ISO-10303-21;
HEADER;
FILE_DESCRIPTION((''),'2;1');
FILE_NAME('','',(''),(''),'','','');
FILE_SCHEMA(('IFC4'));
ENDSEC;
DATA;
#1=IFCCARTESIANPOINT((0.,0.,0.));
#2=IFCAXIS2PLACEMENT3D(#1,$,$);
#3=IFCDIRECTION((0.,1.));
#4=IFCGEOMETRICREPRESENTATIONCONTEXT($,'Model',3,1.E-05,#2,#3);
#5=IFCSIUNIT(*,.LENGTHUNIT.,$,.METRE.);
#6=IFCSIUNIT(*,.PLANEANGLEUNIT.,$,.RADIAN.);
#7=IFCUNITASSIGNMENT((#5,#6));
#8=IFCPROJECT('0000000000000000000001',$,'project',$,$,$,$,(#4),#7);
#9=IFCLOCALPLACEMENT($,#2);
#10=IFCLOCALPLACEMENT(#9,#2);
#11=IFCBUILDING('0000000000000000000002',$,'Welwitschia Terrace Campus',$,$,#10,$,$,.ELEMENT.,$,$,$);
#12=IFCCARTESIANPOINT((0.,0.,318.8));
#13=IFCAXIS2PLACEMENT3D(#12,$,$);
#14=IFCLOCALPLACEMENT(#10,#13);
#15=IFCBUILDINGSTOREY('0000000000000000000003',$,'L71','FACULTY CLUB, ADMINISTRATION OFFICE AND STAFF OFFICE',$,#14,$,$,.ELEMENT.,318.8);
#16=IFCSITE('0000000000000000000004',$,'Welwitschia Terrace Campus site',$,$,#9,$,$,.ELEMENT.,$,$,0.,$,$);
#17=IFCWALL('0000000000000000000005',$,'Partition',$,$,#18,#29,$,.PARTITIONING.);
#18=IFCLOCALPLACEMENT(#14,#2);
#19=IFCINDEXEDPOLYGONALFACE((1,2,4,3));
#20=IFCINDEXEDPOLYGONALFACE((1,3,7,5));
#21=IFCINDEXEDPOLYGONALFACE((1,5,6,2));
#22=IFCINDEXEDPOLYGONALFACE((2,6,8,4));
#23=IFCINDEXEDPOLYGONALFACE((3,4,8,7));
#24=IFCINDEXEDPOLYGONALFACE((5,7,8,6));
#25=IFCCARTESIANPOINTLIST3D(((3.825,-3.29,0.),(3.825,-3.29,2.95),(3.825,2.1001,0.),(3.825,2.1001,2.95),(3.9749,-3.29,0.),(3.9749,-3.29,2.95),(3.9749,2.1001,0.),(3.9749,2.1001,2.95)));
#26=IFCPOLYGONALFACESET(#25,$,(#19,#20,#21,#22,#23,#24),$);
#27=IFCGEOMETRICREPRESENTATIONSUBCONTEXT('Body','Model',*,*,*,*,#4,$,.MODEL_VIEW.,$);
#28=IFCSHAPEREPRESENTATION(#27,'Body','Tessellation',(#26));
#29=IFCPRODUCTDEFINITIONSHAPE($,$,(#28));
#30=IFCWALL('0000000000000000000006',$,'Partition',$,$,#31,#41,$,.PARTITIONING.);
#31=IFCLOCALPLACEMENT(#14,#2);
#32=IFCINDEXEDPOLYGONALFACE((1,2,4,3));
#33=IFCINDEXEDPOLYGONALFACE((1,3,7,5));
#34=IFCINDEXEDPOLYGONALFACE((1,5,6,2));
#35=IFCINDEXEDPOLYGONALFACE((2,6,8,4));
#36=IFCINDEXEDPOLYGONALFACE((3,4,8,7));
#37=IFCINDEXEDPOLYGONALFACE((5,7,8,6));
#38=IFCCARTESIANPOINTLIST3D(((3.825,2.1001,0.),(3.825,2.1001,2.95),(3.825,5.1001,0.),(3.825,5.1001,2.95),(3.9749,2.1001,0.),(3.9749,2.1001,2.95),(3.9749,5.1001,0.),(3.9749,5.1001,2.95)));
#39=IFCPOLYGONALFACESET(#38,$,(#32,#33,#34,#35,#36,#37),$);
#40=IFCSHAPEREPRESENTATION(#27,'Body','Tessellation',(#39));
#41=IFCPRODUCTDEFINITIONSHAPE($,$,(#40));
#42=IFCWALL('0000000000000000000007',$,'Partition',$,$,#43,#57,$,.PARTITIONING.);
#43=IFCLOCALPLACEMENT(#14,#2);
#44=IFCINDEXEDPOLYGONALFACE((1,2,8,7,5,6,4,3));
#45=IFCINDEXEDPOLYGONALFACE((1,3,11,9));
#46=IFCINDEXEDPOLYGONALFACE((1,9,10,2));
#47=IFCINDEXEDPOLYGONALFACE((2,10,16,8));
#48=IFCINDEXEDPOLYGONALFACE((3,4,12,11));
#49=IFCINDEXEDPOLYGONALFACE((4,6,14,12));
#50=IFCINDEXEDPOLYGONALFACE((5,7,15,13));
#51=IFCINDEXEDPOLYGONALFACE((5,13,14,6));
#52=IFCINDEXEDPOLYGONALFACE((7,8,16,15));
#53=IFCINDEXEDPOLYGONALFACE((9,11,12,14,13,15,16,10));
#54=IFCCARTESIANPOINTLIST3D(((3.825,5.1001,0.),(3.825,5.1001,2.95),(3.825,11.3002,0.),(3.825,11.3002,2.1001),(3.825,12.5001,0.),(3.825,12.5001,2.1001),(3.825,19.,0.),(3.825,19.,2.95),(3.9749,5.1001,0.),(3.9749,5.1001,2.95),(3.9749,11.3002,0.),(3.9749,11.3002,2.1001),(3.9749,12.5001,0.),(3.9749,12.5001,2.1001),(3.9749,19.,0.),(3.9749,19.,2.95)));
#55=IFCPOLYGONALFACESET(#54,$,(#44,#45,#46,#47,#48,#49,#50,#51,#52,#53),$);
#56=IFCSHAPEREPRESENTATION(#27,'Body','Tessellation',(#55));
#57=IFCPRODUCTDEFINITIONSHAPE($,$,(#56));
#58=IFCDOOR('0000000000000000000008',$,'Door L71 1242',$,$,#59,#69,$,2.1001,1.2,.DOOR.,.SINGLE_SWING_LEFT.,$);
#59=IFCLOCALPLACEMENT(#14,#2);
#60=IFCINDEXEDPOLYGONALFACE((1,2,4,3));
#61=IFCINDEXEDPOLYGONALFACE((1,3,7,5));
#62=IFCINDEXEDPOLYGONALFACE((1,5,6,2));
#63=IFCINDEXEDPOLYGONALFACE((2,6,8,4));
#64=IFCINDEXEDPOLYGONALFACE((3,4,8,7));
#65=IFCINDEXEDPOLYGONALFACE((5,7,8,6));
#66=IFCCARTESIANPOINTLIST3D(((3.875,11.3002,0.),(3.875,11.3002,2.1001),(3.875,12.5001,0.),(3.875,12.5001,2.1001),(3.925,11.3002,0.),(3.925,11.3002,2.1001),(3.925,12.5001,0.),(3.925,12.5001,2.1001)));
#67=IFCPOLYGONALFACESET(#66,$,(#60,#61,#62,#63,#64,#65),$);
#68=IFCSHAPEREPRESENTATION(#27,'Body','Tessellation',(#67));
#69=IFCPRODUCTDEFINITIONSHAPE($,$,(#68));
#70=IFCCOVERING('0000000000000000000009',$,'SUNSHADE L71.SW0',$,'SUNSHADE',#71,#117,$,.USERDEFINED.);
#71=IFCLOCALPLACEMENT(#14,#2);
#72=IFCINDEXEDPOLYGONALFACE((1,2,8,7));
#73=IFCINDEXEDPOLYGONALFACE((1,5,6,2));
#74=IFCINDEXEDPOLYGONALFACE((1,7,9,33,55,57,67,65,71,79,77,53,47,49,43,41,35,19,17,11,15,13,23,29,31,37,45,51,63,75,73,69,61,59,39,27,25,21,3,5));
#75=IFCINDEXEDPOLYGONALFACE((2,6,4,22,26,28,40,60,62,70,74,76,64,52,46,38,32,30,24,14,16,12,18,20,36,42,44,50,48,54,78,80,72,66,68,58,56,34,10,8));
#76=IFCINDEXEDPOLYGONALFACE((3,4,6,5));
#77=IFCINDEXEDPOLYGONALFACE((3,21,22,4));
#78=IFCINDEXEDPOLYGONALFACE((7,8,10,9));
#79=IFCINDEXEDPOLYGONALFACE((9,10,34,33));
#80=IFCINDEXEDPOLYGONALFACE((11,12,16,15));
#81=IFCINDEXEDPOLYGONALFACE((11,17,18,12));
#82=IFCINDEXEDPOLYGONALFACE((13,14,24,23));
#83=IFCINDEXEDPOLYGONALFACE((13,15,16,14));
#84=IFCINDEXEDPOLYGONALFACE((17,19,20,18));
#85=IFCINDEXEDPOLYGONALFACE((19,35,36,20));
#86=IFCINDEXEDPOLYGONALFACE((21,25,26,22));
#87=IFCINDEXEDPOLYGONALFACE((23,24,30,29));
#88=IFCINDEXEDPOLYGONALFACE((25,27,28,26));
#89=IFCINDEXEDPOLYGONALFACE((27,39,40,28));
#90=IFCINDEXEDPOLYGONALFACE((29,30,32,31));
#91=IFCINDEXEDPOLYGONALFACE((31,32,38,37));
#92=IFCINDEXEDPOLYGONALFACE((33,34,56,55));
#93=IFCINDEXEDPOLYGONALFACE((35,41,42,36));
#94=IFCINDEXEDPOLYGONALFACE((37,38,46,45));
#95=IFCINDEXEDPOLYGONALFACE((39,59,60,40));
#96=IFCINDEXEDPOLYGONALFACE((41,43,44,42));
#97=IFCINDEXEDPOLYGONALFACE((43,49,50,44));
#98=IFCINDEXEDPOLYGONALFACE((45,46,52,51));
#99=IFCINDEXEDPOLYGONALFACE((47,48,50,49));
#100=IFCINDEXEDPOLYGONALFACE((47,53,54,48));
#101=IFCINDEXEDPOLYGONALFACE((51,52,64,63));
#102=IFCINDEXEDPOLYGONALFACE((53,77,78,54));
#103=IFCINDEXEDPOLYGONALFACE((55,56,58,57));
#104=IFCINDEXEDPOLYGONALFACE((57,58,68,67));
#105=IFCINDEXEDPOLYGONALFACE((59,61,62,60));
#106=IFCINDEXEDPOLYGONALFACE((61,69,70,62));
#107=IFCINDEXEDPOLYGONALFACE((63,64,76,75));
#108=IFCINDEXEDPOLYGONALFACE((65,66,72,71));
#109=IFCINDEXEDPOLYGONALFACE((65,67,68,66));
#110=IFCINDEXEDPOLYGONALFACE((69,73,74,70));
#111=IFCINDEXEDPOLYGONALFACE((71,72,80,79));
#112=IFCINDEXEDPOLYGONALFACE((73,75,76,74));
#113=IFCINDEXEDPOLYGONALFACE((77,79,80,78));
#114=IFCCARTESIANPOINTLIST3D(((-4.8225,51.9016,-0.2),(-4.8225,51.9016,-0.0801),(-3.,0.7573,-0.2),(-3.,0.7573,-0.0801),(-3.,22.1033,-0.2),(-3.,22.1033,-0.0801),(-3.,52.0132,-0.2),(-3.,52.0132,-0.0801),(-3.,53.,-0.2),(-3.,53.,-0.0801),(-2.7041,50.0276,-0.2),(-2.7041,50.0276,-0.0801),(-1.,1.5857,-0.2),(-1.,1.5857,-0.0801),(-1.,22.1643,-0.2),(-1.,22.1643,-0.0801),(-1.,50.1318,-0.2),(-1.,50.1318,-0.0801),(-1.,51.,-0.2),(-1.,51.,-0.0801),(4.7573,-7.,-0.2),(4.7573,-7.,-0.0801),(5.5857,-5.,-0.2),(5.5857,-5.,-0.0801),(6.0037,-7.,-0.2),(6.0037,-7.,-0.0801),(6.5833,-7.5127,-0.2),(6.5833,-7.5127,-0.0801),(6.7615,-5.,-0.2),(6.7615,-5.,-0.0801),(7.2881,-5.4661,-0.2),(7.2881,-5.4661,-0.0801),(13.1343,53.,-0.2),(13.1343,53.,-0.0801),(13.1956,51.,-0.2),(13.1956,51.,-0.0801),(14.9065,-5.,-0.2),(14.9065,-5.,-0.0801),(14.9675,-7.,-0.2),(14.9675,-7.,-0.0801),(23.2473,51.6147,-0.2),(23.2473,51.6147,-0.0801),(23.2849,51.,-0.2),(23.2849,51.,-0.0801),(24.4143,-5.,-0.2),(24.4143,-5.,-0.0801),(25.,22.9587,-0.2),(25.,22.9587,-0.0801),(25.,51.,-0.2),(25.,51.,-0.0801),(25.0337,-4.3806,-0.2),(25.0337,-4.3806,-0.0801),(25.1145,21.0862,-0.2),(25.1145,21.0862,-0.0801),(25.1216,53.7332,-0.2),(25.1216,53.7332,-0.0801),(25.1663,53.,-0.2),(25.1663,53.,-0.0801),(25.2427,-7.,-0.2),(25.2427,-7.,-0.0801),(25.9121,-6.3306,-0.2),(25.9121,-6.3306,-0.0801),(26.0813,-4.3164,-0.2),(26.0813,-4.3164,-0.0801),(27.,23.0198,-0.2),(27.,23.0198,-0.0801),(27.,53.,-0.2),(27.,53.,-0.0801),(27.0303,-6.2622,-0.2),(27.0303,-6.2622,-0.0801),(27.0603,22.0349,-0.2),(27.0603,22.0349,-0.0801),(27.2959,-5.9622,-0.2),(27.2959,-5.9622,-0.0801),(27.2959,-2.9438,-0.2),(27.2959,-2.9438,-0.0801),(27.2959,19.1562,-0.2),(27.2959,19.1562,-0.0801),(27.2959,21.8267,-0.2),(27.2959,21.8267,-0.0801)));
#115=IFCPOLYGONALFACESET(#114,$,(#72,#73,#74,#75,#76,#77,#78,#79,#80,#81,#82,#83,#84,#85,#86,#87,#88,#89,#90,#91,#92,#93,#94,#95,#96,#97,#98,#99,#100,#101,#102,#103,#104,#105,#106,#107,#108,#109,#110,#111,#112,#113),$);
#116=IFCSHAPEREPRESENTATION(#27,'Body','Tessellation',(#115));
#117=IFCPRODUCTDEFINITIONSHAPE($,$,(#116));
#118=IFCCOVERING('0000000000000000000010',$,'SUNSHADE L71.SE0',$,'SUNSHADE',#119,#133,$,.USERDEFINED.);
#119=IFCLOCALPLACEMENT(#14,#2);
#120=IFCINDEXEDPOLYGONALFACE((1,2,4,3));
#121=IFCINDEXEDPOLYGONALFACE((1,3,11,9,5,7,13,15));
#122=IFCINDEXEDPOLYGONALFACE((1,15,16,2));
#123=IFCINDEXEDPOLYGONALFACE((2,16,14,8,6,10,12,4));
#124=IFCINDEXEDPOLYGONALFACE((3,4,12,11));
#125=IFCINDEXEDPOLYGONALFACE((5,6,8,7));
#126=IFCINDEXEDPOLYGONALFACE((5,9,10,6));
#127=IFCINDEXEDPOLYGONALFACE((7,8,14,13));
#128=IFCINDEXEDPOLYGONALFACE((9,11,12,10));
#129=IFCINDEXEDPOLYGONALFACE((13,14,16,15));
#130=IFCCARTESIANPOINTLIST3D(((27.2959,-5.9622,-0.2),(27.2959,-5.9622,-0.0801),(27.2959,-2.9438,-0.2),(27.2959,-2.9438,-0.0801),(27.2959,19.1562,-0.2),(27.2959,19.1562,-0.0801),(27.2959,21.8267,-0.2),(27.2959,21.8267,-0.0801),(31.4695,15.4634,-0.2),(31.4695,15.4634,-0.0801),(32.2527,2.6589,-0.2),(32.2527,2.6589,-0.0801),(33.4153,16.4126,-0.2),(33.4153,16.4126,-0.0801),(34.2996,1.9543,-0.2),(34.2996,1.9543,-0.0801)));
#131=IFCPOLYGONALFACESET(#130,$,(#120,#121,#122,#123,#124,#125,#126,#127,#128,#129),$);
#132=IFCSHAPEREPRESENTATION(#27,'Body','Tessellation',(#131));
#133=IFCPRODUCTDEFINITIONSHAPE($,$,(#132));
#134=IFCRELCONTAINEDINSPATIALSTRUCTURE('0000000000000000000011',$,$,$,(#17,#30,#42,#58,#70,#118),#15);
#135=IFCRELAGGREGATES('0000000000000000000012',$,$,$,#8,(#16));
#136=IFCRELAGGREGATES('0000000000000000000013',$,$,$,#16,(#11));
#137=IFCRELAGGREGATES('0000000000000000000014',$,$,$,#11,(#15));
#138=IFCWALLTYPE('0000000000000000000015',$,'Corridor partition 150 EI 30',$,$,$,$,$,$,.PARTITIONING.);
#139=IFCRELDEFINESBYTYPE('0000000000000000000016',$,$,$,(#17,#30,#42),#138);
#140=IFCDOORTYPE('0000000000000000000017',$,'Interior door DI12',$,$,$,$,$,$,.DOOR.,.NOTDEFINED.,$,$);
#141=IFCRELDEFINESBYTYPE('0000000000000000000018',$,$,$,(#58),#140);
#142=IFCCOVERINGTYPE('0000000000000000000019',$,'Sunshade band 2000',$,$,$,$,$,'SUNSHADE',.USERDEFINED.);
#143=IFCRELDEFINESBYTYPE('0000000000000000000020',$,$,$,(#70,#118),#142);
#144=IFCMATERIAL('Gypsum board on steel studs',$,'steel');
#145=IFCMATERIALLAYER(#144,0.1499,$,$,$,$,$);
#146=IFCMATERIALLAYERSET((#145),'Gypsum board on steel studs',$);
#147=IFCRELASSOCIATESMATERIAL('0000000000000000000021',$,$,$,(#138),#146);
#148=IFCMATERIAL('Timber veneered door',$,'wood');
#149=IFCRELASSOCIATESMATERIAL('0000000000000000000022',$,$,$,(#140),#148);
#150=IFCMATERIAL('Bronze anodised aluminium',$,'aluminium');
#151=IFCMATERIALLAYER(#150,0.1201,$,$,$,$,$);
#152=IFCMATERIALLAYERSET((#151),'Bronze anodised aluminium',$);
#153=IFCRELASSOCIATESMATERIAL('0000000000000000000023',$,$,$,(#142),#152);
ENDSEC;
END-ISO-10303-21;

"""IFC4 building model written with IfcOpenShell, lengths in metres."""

from ifc_helpers import new_model, si_unit, direction, frame, frame_2d, origin, place, context, subcontext, project, spatial, polyline, rectangle, outline, extrude, material, layer, layer_set, type_object, element, fill, save


model = new_model("IFC4")

# Units and contexts
model_context = context("Model", 3, precision=1e-05, world=origin(), true_north=direction((0.0, 1.0)))
body_context = subcontext(model_context, "Body", "Model", "MODEL_VIEW")
ifc_project = project(units=[si_unit("LENGTHUNIT", "METRE"), si_unit("PLANEANGLEUNIT", "RADIAN")], contexts=[model_context])

# Site, building, storey
site_placement = place(None, origin())
site = spatial("IfcSite", under=ifc_project, at=site_placement, Name="Welwitschia Terrace Campus site", CompositionType="ELEMENT", RefElevation=0.0)
building_placement = place(site_placement, origin())
building = spatial("IfcBuilding", under=site, at=building_placement, Name="Welwitschia Terrace Campus", CompositionType="ELEMENT")
storey_placement = place(building_placement, frame((0.0, 0.0, 318.8)))
storey = spatial("IfcBuildingStorey", under=building, at=storey_placement, Name="L71", Description="FACULTY CLUB, ADMINISTRATION OFFICE AND STAFF OFFICE", CompositionType="ELEMENT", Elevation=318.8)

# Walls
ifc_material_1 = material(Name="Gypsum board on steel studs", Category="steel")
ifc_layer_1 = layer(ifc_material_1, 0.1499)
ifc_layer_set_1 = layer_set([ifc_layer_1], Name="Gypsum board on steel studs")
wall_type_1 = type_object("IfcWallType", Name="Corridor partition 150 EI 30", PredefinedType="PARTITIONING", material=ifc_layer_set_1)
wall_1_placement = place(storey_placement, frame((3.8999, -3.29, 0.0), z_axis=(0.0, 0.0, 1.0), x_axis=(0.0, 1.0, 0.0)))
element("IfcWall", 1, at=wall_1_placement, inside=storey, type_object=wall_type_1, Name="Partition", PredefinedType="PARTITIONING", context=body_context, shape_type="SweptSolid", body=[
    extrude(rectangle(XDim=5.3901, YDim=0.1499, at=frame_2d((2.6951, 0.0))), origin(), (0.0, 0.0, 1.0), 2.95),
])
wall_2_placement = place(storey_placement, frame((3.8999, 2.1001, 0.0), z_axis=(0.0, 0.0, 1.0), x_axis=(0.0, 1.0, 0.0)))
element("IfcWall", 2, at=wall_2_placement, inside=storey, type_object=wall_type_1, Name="Partition", PredefinedType="PARTITIONING", context=body_context, shape_type="SweptSolid", body=[
    extrude(rectangle(XDim=3.0, YDim=0.1499, at=frame_2d((1.5, 0.0))), origin(), (0.0, 0.0, 1.0), 2.95),
])

# Wall, opening, door
wall_3_placement = place(storey_placement, frame((3.8999, 5.1001, 0.0), z_axis=(0.0, 0.0, 1.0), x_axis=(0.0, 1.0, 0.0)))
wall_3 = element("IfcWall", 3, at=wall_3_placement, inside=storey, type_object=wall_type_1, Name="Partition", PredefinedType="PARTITIONING", context=body_context, shape_type="SweptSolid", body=[
    extrude(rectangle(XDim=13.8999, YDim=0.1499, at=frame_2d((6.95, 0.0))), origin(), (0.0, 0.0, 1.0), 2.95),
])
opening_1_placement = place(wall_3_placement, frame((6.2, 0.0, 0.0)))
opening_1 = element("IfcOpeningElement", 4, at=opening_1_placement, cuts=wall_3, PredefinedType="OPENING", context=body_context, shape_type="SweptSolid", body=[
    extrude(rectangle(XDim=1.2, YDim=2.1001, at=frame_2d((0.6001, 1.05))), frame((0.0, 0.085, 0.0), z_axis=(0.0, -1.0, 0.0), x_axis=(1.0, 0.0, 0.0)), (0.0, 0.0, 1.0), 0.1699),
])
ifc_material_2 = material(Name="Timber veneered door", Category="wood")
door_type_1 = type_object("IfcDoorType", Name="Interior door DI12", OperationType="NOTDEFINED", PredefinedType="DOOR", material=ifc_material_2)
door_1_placement = place(opening_1_placement, origin())
door_1 = element("IfcDoor", 5, at=door_1_placement, inside=storey, type_object=door_type_1, Name="Door L71 1242", OperationType="SINGLE_SWING_LEFT", OverallHeight=2.1001, OverallWidth=1.2, PredefinedType="DOOR", context=body_context, shape_type="SweptSolid", body=[
    extrude(rectangle(XDim=1.2, YDim=2.1001, at=frame_2d((0.6001, 1.05))), frame((0.0, 0.0249, 0.0), z_axis=(0.0, -1.0, 0.0), x_axis=(1.0, 0.0, 0.0)), (0.0, 0.0, 1.0), 0.05),
])
fill(opening_1, door_1)

# Coverings
ifc_material_3 = material(Name="Bronze anodised aluminium", Category="aluminium")
ifc_layer_2 = layer(ifc_material_3, 0.1201)
ifc_layer_set_2 = layer_set([ifc_layer_2], Name="Bronze anodised aluminium")
covering_type_1 = type_object("IfcCoveringType", Name="Sunshade band 2000", ElementType="SUNSHADE", PredefinedType="USERDEFINED", material=ifc_layer_set_2)
covering_1_placement = place(storey_placement, frame((0.0, 0.0, -0.2)))
element("IfcCovering", 6, at=covering_1_placement, inside=storey, type_object=covering_type_1, Name="SUNSHADE L71.SW0", ObjectType="SUNSHADE", PredefinedType="USERDEFINED", context=body_context, shape_type="SweptSolid", body=[
    extrude(outline(polyline([(-3.0, 52.0132), (-3.0, 53.0), (13.1343, 53.0), (25.1216, 53.7332), (25.1663, 53.0), (27.0, 53.0), (27.0, 23.0198), (27.0603, 22.0349), (27.2959, 21.8267), (27.2959, 19.1562), (25.1145, 21.0862), (25.0, 22.9587), (25.0, 51.0), (23.2849, 51.0), (23.2473, 51.6147), (13.1956, 51.0), (-1.0, 51.0), (-1.0, 50.1318), (-2.7041, 50.0276), (-1.0, 22.1643), (-1.0, 1.5857), (5.5857, -5.0), (6.7615, -5.0), (7.2881, -5.4661), (14.9065, -5.0), (24.4143, -5.0), (25.0337, -4.3806), (26.0813, -4.3164), (27.2959, -2.9438), (27.2959, -5.9622), (27.0303, -6.2622), (25.9121, -6.3306), (25.2427, -7.0), (14.9675, -7.0), (6.5833, -7.5127), (6.0037, -7.0), (4.7573, -7.0), (-3.0, 0.7573), (-3.0, 22.1033), (-4.8225, 51.9016), (-3.0, 52.0132)])), origin(), (0.0, 0.0, 1.0), 0.1199),
])
covering_2_placement = place(storey_placement, frame((0.0, 0.0, -0.2)))
element("IfcCovering", 7, at=covering_2_placement, inside=storey, type_object=covering_type_1, Name="SUNSHADE L71.SE0", ObjectType="SUNSHADE", PredefinedType="USERDEFINED", context=body_context, shape_type="SweptSolid", body=[
    extrude(outline(polyline([(33.4153, 16.4126), (34.2996, 1.9543), (27.2959, -5.9622), (27.2959, -2.9438), (32.2527, 2.6589), (31.4695, 15.4634), (27.2959, 19.1562), (27.2959, 21.8267), (33.4153, 16.4126)])), origin(), (0.0, 0.0, 1.0), 0.1199),
])

save(model, "model.ifc")
